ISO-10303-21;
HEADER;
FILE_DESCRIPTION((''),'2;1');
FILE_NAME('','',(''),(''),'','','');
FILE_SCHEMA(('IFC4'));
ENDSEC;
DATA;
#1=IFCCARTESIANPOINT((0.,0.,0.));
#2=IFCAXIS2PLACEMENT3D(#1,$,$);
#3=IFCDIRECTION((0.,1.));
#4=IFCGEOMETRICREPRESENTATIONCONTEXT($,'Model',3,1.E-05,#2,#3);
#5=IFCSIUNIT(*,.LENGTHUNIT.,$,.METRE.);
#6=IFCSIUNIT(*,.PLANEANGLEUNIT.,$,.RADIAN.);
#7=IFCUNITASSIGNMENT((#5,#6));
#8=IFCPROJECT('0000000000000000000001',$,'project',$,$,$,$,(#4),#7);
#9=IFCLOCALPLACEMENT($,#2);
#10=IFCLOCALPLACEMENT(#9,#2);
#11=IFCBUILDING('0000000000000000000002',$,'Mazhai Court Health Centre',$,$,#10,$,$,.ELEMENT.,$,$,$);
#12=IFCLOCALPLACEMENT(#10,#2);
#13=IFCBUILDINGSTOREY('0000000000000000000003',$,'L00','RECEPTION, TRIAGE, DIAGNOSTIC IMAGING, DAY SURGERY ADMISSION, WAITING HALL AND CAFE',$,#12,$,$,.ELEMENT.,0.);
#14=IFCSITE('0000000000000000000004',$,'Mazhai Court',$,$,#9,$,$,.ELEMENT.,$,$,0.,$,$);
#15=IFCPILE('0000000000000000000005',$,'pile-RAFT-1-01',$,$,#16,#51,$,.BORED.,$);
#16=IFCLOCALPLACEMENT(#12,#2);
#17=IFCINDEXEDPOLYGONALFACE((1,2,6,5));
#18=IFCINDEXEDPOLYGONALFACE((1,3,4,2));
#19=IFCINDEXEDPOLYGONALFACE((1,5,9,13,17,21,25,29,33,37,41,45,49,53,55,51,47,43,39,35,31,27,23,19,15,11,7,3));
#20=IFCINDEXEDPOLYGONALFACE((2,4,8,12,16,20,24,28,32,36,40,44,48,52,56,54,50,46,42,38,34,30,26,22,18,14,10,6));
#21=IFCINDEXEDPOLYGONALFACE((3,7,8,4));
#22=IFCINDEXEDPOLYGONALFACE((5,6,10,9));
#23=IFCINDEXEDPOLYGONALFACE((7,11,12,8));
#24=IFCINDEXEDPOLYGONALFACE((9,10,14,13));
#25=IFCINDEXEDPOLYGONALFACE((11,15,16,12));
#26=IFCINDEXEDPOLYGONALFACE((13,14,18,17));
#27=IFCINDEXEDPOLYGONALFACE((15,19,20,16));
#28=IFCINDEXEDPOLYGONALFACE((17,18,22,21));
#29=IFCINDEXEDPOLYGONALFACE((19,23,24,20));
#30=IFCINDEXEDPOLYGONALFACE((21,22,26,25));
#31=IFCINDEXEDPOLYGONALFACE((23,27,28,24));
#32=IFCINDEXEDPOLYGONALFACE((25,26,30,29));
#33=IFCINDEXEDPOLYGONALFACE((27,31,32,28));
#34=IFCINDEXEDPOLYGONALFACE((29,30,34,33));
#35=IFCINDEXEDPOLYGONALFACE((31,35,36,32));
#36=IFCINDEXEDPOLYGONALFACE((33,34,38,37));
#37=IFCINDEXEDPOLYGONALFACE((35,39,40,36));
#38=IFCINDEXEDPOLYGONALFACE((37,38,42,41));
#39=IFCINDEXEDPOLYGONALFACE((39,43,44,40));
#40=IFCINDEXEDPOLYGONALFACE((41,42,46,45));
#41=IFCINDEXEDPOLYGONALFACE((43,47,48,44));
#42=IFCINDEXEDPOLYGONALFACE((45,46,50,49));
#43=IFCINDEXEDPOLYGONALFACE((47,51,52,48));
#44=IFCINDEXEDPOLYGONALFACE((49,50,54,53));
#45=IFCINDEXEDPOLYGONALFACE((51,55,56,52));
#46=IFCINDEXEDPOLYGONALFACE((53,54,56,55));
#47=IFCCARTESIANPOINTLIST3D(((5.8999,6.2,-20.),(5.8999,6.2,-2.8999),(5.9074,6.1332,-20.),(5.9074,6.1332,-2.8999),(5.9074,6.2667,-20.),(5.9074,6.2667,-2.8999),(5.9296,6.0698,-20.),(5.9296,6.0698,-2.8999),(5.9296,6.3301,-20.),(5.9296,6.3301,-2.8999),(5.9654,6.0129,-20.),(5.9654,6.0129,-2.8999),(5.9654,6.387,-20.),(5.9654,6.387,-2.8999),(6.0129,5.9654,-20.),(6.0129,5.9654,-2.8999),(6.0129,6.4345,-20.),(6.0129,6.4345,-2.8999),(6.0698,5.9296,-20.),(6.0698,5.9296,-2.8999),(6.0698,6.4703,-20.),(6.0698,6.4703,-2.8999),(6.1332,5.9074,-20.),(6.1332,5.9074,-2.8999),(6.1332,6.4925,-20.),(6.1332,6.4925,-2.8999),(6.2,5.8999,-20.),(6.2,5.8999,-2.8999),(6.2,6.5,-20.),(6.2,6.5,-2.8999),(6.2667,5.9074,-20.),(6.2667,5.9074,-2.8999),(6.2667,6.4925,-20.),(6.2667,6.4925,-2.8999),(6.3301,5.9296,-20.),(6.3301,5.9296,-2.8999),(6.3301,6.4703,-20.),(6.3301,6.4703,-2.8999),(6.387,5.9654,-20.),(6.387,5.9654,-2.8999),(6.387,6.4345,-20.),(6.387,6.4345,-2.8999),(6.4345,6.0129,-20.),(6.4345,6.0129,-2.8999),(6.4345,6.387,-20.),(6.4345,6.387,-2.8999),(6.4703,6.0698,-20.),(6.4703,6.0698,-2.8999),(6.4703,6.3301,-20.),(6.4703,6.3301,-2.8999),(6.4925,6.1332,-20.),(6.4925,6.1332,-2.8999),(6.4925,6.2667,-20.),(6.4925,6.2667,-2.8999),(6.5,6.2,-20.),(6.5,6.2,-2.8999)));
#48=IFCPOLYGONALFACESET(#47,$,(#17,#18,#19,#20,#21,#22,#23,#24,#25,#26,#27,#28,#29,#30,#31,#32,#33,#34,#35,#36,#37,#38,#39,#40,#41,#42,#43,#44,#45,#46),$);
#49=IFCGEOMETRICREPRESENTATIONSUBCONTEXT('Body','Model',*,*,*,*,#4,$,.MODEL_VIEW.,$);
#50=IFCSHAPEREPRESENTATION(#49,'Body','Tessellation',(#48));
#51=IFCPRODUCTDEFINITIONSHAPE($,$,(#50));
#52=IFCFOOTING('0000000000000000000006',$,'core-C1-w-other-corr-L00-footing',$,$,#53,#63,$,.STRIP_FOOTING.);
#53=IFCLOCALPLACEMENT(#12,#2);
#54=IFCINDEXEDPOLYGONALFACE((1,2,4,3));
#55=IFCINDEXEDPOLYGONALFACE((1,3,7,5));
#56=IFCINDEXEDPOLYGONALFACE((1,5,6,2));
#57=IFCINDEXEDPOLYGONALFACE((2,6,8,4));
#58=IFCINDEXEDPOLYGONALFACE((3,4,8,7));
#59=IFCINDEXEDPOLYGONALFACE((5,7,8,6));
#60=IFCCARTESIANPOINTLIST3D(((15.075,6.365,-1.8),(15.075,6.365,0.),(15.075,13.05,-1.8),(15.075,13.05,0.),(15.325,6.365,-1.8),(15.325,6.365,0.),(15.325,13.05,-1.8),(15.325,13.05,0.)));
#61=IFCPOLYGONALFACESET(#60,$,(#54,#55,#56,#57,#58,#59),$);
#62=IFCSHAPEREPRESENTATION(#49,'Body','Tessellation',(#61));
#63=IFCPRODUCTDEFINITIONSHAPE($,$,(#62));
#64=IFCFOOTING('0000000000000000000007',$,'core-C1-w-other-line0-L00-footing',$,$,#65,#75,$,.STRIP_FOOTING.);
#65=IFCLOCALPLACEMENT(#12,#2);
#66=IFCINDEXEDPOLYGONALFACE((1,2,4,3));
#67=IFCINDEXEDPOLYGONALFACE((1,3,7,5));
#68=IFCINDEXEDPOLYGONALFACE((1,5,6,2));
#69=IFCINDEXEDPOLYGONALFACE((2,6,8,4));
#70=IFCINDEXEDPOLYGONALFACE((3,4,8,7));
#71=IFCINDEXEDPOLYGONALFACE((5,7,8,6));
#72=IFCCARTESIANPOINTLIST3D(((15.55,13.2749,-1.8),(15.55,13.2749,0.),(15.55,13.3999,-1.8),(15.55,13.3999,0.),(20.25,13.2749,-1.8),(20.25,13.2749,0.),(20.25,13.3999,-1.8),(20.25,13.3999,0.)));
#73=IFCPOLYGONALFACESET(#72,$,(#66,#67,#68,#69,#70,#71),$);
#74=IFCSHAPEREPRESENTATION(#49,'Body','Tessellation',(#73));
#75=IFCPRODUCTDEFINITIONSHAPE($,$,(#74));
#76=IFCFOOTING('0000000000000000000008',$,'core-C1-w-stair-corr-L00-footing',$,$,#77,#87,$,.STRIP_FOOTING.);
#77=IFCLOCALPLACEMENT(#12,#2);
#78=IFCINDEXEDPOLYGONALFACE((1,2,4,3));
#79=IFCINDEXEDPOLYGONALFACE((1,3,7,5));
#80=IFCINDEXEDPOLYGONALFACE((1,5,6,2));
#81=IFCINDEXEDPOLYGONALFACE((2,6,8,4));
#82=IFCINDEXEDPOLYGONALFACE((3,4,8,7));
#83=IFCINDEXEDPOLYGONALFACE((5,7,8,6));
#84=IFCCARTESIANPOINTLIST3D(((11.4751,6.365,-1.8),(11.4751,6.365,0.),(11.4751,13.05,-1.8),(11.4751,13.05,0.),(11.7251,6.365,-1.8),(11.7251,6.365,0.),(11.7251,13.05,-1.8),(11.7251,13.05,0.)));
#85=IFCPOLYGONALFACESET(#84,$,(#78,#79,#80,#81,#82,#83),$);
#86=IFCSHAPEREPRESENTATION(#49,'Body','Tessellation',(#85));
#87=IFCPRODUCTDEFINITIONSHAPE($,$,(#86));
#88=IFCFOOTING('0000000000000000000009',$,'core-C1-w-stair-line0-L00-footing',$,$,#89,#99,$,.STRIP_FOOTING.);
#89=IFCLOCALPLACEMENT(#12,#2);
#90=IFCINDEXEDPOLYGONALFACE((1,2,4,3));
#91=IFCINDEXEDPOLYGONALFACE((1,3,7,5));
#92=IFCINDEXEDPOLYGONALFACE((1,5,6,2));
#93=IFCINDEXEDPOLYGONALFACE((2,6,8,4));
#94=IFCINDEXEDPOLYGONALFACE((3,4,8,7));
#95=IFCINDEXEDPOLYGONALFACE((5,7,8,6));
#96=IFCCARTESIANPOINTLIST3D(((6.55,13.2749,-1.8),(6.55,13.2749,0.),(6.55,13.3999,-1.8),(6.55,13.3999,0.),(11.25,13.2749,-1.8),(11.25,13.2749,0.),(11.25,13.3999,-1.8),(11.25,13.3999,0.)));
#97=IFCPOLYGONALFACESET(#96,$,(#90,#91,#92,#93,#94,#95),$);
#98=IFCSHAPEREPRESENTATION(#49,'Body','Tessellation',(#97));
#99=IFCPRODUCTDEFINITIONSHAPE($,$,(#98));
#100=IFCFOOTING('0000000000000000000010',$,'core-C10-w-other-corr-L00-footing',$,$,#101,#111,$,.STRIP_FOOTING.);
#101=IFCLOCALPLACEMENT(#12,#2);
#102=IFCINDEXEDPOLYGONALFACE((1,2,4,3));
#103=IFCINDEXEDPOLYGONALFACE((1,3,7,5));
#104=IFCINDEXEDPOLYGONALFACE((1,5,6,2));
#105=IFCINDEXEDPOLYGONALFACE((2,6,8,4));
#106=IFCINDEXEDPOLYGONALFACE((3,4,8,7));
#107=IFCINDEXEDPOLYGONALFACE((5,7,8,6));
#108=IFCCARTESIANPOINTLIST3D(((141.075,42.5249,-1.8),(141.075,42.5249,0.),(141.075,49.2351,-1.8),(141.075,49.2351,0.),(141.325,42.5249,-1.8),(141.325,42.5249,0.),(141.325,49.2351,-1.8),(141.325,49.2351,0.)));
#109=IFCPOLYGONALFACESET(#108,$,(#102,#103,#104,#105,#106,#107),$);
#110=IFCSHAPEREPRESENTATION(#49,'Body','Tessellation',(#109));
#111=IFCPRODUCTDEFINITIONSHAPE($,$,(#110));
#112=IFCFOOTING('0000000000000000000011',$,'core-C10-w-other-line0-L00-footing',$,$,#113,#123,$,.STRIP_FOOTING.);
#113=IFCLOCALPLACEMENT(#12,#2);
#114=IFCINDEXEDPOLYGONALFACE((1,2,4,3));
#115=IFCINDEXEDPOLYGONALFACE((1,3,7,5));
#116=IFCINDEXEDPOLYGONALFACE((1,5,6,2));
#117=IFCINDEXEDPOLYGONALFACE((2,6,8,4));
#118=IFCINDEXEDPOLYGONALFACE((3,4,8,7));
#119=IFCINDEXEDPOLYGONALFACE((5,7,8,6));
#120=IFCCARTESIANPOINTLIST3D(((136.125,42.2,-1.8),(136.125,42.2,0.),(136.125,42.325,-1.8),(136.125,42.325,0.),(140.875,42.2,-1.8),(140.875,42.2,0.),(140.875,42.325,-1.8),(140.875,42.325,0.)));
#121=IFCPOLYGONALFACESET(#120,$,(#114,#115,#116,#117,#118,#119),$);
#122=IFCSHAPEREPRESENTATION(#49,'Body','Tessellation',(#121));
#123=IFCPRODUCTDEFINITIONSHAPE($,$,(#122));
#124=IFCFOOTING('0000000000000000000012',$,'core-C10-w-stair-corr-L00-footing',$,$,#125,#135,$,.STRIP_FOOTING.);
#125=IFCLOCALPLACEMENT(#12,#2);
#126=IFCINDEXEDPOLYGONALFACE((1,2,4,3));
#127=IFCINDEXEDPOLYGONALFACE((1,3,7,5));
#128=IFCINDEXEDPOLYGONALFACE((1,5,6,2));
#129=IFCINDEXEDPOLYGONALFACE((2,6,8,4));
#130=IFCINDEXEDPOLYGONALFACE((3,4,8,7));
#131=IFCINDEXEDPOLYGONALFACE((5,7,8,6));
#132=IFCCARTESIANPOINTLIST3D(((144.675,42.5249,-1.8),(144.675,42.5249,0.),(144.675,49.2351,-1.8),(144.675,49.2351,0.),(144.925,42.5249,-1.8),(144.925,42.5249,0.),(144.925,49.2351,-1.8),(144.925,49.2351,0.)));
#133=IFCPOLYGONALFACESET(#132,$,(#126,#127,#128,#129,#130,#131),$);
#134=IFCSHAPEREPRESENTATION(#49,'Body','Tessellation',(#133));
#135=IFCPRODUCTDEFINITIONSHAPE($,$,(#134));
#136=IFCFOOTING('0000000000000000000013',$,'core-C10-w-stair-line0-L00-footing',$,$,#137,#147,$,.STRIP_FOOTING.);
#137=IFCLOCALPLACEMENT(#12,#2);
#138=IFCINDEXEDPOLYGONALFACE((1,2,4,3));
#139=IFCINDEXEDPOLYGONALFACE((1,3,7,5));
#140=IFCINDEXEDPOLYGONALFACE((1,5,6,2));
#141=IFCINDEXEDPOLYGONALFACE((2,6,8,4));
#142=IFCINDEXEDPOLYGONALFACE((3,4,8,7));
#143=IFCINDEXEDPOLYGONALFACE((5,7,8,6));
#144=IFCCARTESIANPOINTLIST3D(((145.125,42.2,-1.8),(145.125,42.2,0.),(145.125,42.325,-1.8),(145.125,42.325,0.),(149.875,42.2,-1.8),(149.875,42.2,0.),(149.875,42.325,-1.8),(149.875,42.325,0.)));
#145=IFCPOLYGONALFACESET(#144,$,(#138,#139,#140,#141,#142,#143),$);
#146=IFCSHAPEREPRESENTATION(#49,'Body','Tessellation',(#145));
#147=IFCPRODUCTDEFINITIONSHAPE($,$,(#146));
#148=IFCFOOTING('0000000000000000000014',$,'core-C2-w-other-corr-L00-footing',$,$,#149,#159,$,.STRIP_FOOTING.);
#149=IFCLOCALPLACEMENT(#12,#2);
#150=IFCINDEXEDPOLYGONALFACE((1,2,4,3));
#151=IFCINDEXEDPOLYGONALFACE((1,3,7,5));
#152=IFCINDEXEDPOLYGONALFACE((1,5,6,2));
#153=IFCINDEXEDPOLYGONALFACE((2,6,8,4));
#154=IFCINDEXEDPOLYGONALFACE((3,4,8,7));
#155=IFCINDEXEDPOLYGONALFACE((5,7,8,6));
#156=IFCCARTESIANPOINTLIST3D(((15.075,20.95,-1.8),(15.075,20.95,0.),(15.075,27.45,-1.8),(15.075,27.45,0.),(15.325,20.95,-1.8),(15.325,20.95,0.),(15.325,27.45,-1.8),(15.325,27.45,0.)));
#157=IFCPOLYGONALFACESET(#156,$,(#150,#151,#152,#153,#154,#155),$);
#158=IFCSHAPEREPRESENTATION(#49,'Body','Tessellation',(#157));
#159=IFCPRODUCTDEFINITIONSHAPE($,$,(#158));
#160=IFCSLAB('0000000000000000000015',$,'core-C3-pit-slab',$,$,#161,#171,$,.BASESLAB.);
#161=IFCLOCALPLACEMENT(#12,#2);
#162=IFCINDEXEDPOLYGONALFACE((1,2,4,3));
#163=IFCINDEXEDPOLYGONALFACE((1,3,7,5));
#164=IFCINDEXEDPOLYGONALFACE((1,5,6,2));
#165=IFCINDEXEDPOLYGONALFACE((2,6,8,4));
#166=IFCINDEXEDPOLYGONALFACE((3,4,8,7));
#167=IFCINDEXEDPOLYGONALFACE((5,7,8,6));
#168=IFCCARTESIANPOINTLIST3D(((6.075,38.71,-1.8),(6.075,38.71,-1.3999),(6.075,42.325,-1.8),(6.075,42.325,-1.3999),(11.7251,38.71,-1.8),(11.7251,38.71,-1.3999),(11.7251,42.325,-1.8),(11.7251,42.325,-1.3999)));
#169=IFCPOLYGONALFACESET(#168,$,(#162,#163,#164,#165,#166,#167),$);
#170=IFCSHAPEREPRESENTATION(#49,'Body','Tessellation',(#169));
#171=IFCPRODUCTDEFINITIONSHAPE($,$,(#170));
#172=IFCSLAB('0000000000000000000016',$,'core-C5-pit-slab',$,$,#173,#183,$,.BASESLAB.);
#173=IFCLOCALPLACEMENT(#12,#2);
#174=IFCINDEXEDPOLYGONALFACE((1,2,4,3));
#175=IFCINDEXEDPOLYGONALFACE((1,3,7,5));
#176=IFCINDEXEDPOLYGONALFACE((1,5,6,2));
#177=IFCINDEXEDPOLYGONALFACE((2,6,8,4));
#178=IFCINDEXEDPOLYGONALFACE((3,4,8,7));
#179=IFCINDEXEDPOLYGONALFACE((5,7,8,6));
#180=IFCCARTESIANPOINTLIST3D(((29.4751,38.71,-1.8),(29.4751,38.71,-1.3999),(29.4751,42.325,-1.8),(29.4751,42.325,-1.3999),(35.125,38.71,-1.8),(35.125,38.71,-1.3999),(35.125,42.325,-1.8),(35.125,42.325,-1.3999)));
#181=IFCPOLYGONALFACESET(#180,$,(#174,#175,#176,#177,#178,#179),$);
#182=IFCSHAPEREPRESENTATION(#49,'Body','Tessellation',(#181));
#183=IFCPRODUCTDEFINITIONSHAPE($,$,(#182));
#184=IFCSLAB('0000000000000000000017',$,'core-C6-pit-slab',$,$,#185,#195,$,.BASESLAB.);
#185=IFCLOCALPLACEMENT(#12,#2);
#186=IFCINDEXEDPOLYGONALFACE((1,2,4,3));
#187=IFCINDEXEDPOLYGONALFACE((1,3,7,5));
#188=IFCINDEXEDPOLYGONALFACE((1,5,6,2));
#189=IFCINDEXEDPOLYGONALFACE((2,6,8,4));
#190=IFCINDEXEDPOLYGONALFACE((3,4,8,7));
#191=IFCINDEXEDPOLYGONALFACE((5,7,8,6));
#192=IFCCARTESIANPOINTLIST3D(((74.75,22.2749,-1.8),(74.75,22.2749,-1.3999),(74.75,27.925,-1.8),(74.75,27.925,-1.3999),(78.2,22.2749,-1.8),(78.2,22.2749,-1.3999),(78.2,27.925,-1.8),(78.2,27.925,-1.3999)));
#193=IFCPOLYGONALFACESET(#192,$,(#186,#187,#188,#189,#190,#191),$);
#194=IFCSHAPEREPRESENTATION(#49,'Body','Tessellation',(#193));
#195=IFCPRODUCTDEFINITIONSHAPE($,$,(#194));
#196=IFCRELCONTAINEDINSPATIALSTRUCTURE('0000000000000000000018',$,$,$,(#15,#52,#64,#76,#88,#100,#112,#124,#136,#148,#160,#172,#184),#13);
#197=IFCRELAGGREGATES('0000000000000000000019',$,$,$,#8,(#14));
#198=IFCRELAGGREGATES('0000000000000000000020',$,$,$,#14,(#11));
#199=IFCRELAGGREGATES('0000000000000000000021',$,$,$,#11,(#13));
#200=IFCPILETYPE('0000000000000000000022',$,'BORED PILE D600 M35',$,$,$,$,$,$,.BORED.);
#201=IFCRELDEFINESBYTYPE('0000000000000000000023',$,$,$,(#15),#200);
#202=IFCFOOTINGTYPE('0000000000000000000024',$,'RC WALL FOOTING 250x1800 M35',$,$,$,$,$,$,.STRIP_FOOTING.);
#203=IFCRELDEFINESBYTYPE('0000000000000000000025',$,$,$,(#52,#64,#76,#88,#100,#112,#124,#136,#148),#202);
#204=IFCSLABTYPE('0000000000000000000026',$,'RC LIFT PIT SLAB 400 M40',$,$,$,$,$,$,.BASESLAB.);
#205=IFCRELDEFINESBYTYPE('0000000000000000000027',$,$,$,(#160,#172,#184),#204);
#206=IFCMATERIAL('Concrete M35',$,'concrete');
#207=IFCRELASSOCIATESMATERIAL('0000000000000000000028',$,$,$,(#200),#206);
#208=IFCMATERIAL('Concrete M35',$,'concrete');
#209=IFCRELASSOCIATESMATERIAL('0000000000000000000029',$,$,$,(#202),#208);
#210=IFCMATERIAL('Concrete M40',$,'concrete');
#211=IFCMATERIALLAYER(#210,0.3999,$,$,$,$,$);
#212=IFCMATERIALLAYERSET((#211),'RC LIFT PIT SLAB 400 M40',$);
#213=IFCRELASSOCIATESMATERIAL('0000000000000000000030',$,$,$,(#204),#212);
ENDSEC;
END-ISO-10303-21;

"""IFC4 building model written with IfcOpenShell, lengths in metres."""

from ifc_helpers import new_model, si_unit, direction, frame, origin, origin_2d, place, context, subcontext, project, spatial, polyline, circle, outline, extrude, material, layer, layer_set, material_profile, profile_set, type_object, element, save


model = new_model("IFC4")

# Units and contexts
model_context = context("Model", 3, precision=1e-05, world=origin(), true_north=direction((0.0, 1.0)))
body_context = subcontext(model_context, "Body", "Model", "MODEL_VIEW")
ifc_project = project(units=[si_unit("LENGTHUNIT", "METRE"), si_unit("PLANEANGLEUNIT", "RADIAN")], contexts=[model_context])

# Site, building, storey
site_placement = place(None, origin())
site = spatial("IfcSite", under=ifc_project, at=site_placement, Name="Mazhai Court", CompositionType="ELEMENT", RefElevation=0.0)
building_placement = place(site_placement, origin())
building = spatial("IfcBuilding", under=site, at=building_placement, Name="Mazhai Court Health Centre", CompositionType="ELEMENT")
storey_placement = place(building_placement, origin())
storey = spatial("IfcBuildingStorey", under=building, at=storey_placement, Name="L00", Description="RECEPTION, TRIAGE, DIAGNOSTIC IMAGING, DAY SURGERY ADMISSION, WAITING HALL AND CAFE", CompositionType="ELEMENT", Elevation=0.0)

# Pile
ifc_material_1 = material(Name="Concrete M35", Category="concrete")
ifc_material_profile = material_profile(ifc_material_1, circle(Radius=0.3, at=origin_2d()), Name="RC PILE D600")
ifc_profile_set = profile_set([ifc_material_profile], Name="Concrete M35")
pile_type = type_object("IfcPileType", Name="BORED PILE D600 M35", PredefinedType="BORED", material=ifc_profile_set)
pile_placement = place(storey_placement, frame((6.2, 6.2, -2.8999), z_axis=(0.0, 0.0, -1.0), x_axis=(1.0, 0.0, 0.0)))
element("IfcPile", 1, at=pile_placement, inside=storey, type_object=pile_type, Name="pile-RAFT-1-01", PredefinedType="BORED", context=body_context, shape_type="SweptSolid", body=[
    extrude(circle(Radius=0.3, at=origin_2d()), origin(), (0.0, 0.0, 1.0), 17.1001),
])

# Footings
ifc_material_2 = material(Name="Concrete M35", Category="concrete")
footing_type = type_object("IfcFootingType", Name="RC WALL FOOTING 250x1800 M35", PredefinedType="STRIP_FOOTING", material=ifc_material_2)
footing_1_placement = place(storey_placement, frame((0.0, 0.0, -1.8)))
element("IfcFooting", 2, at=footing_1_placement, inside=storey, type_object=footing_type, Name="core-C1-w-other-corr-L00-footing", PredefinedType="STRIP_FOOTING", context=body_context, shape_type="SweptSolid", body=[
    extrude(outline(polyline([(15.075, 13.05), (15.325, 13.05), (15.325, 6.365), (15.075, 6.365), (15.075, 13.05)])), origin(), (0.0, 0.0, 1.0), 1.8),
])
footing_2_placement = place(storey_placement, frame((0.0, 0.0, -1.8)))
element("IfcFooting", 3, at=footing_2_placement, inside=storey, type_object=footing_type, Name="core-C1-w-other-line0-L00-footing", PredefinedType="STRIP_FOOTING", context=body_context, shape_type="SweptSolid", body=[
    extrude(outline(polyline([(15.55, 13.2749), (15.55, 13.3999), (20.25, 13.3999), (20.25, 13.2749), (15.55, 13.2749)])), origin(), (0.0, 0.0, 1.0), 1.8),
])
footing_3_placement = place(storey_placement, frame((0.0, 0.0, -1.8)))
element("IfcFooting", 4, at=footing_3_placement, inside=storey, type_object=footing_type, Name="core-C1-w-stair-corr-L00-footing", PredefinedType="STRIP_FOOTING", context=body_context, shape_type="SweptSolid", body=[
    extrude(outline(polyline([(11.4751, 13.05), (11.7251, 13.05), (11.7251, 6.365), (11.4751, 6.365), (11.4751, 13.05)])), origin(), (0.0, 0.0, 1.0), 1.8),
])
footing_4_placement = place(storey_placement, frame((0.0, 0.0, -1.8)))
element("IfcFooting", 5, at=footing_4_placement, inside=storey, type_object=footing_type, Name="core-C1-w-stair-line0-L00-footing", PredefinedType="STRIP_FOOTING", context=body_context, shape_type="SweptSolid", body=[
    extrude(outline(polyline([(6.55, 13.2749), (6.55, 13.3999), (11.25, 13.3999), (11.25, 13.2749), (6.55, 13.2749)])), origin(), (0.0, 0.0, 1.0), 1.8),
])
footing_5_placement = place(storey_placement, frame((0.0, 0.0, -1.8)))
element("IfcFooting", 6, at=footing_5_placement, inside=storey, type_object=footing_type, Name="core-C10-w-other-corr-L00-footing", PredefinedType="STRIP_FOOTING", context=body_context, shape_type="SweptSolid", body=[
    extrude(outline(polyline([(141.075, 49.2351), (141.325, 49.2351), (141.325, 42.5249), (141.075, 42.5249), (141.075, 49.2351)])), origin(), (0.0, 0.0, 1.0), 1.8),
])
footing_6_placement = place(storey_placement, frame((0.0, 0.0, -1.8)))
element("IfcFooting", 7, at=footing_6_placement, inside=storey, type_object=footing_type, Name="core-C10-w-other-line0-L00-footing", PredefinedType="STRIP_FOOTING", context=body_context, shape_type="SweptSolid", body=[
    extrude(outline(polyline([(140.875, 42.325), (140.875, 42.2), (136.125, 42.2), (136.125, 42.325), (140.875, 42.325)])), origin(), (0.0, 0.0, 1.0), 1.8),
])
footing_7_placement = place(storey_placement, frame((0.0, 0.0, -1.8)))
element("IfcFooting", 8, at=footing_7_placement, inside=storey, type_object=footing_type, Name="core-C10-w-stair-corr-L00-footing", PredefinedType="STRIP_FOOTING", context=body_context, shape_type="SweptSolid", body=[
    extrude(outline(polyline([(144.675, 49.2351), (144.925, 49.2351), (144.925, 42.5249), (144.675, 42.5249), (144.675, 49.2351)])), origin(), (0.0, 0.0, 1.0), 1.8),
])
footing_8_placement = place(storey_placement, frame((0.0, 0.0, -1.8)))
element("IfcFooting", 9, at=footing_8_placement, inside=storey, type_object=footing_type, Name="core-C10-w-stair-line0-L00-footing", PredefinedType="STRIP_FOOTING", context=body_context, shape_type="SweptSolid", body=[
    extrude(outline(polyline([(149.875, 42.325), (149.875, 42.2), (145.125, 42.2), (145.125, 42.325), (149.875, 42.325)])), origin(), (0.0, 0.0, 1.0), 1.8),
])
footing_9_placement = place(storey_placement, frame((0.0, 0.0, -1.8)))
element("IfcFooting", 10, at=footing_9_placement, inside=storey, type_object=footing_type, Name="core-C2-w-other-corr-L00-footing", PredefinedType="STRIP_FOOTING", context=body_context, shape_type="SweptSolid", body=[
    extrude(outline(polyline([(15.075, 27.45), (15.325, 27.45), (15.325, 20.95), (15.075, 20.95), (15.075, 27.45)])), origin(), (0.0, 0.0, 1.0), 1.8),
])

# Slabs
ifc_material_3 = material(Name="Concrete M40", Category="concrete")
ifc_layer_1 = layer(ifc_material_3, 0.3999)
ifc_layer_set_1 = layer_set([ifc_layer_1], Name="RC LIFT PIT SLAB 400 M40")
slab_type = type_object("IfcSlabType", Name="RC LIFT PIT SLAB 400 M40", PredefinedType="BASESLAB", material=ifc_layer_set_1)
slab_1_placement = place(storey_placement, frame((0.0, 0.0, -1.8)))
element("IfcSlab", 11, at=slab_1_placement, inside=storey, type_object=slab_type, Name="core-C3-pit-slab", PredefinedType="BASESLAB", context=body_context, shape_type="SweptSolid", body=[
    extrude(outline(polyline([(6.075, 38.71), (6.075, 42.325), (11.7251, 42.325), (11.7251, 38.71), (6.075, 38.71)])), origin(), (0.0, 0.0, 1.0), 0.4001),
])
slab_2_placement = place(storey_placement, frame((0.0, 0.0, -1.8)))
element("IfcSlab", 12, at=slab_2_placement, inside=storey, type_object=slab_type, Name="core-C5-pit-slab", PredefinedType="BASESLAB", context=body_context, shape_type="SweptSolid", body=[
    extrude(outline(polyline([(29.4751, 38.71), (29.4751, 42.325), (35.125, 42.325), (35.125, 38.71), (29.4751, 38.71)])), origin(), (0.0, 0.0, 1.0), 0.4001),
])
slab_3_placement = place(storey_placement, frame((0.0, 0.0, -1.8)))
element("IfcSlab", 13, at=slab_3_placement, inside=storey, type_object=slab_type, Name="core-C6-pit-slab", PredefinedType="BASESLAB", context=body_context, shape_type="SweptSolid", body=[
    extrude(outline(polyline([(74.75, 22.2749), (78.2, 22.2749), (78.2, 27.925), (74.75, 27.925), (74.75, 22.2749)])), origin(), (0.0, 0.0, 1.0), 0.4001),
])

save(model, "model.ifc")
